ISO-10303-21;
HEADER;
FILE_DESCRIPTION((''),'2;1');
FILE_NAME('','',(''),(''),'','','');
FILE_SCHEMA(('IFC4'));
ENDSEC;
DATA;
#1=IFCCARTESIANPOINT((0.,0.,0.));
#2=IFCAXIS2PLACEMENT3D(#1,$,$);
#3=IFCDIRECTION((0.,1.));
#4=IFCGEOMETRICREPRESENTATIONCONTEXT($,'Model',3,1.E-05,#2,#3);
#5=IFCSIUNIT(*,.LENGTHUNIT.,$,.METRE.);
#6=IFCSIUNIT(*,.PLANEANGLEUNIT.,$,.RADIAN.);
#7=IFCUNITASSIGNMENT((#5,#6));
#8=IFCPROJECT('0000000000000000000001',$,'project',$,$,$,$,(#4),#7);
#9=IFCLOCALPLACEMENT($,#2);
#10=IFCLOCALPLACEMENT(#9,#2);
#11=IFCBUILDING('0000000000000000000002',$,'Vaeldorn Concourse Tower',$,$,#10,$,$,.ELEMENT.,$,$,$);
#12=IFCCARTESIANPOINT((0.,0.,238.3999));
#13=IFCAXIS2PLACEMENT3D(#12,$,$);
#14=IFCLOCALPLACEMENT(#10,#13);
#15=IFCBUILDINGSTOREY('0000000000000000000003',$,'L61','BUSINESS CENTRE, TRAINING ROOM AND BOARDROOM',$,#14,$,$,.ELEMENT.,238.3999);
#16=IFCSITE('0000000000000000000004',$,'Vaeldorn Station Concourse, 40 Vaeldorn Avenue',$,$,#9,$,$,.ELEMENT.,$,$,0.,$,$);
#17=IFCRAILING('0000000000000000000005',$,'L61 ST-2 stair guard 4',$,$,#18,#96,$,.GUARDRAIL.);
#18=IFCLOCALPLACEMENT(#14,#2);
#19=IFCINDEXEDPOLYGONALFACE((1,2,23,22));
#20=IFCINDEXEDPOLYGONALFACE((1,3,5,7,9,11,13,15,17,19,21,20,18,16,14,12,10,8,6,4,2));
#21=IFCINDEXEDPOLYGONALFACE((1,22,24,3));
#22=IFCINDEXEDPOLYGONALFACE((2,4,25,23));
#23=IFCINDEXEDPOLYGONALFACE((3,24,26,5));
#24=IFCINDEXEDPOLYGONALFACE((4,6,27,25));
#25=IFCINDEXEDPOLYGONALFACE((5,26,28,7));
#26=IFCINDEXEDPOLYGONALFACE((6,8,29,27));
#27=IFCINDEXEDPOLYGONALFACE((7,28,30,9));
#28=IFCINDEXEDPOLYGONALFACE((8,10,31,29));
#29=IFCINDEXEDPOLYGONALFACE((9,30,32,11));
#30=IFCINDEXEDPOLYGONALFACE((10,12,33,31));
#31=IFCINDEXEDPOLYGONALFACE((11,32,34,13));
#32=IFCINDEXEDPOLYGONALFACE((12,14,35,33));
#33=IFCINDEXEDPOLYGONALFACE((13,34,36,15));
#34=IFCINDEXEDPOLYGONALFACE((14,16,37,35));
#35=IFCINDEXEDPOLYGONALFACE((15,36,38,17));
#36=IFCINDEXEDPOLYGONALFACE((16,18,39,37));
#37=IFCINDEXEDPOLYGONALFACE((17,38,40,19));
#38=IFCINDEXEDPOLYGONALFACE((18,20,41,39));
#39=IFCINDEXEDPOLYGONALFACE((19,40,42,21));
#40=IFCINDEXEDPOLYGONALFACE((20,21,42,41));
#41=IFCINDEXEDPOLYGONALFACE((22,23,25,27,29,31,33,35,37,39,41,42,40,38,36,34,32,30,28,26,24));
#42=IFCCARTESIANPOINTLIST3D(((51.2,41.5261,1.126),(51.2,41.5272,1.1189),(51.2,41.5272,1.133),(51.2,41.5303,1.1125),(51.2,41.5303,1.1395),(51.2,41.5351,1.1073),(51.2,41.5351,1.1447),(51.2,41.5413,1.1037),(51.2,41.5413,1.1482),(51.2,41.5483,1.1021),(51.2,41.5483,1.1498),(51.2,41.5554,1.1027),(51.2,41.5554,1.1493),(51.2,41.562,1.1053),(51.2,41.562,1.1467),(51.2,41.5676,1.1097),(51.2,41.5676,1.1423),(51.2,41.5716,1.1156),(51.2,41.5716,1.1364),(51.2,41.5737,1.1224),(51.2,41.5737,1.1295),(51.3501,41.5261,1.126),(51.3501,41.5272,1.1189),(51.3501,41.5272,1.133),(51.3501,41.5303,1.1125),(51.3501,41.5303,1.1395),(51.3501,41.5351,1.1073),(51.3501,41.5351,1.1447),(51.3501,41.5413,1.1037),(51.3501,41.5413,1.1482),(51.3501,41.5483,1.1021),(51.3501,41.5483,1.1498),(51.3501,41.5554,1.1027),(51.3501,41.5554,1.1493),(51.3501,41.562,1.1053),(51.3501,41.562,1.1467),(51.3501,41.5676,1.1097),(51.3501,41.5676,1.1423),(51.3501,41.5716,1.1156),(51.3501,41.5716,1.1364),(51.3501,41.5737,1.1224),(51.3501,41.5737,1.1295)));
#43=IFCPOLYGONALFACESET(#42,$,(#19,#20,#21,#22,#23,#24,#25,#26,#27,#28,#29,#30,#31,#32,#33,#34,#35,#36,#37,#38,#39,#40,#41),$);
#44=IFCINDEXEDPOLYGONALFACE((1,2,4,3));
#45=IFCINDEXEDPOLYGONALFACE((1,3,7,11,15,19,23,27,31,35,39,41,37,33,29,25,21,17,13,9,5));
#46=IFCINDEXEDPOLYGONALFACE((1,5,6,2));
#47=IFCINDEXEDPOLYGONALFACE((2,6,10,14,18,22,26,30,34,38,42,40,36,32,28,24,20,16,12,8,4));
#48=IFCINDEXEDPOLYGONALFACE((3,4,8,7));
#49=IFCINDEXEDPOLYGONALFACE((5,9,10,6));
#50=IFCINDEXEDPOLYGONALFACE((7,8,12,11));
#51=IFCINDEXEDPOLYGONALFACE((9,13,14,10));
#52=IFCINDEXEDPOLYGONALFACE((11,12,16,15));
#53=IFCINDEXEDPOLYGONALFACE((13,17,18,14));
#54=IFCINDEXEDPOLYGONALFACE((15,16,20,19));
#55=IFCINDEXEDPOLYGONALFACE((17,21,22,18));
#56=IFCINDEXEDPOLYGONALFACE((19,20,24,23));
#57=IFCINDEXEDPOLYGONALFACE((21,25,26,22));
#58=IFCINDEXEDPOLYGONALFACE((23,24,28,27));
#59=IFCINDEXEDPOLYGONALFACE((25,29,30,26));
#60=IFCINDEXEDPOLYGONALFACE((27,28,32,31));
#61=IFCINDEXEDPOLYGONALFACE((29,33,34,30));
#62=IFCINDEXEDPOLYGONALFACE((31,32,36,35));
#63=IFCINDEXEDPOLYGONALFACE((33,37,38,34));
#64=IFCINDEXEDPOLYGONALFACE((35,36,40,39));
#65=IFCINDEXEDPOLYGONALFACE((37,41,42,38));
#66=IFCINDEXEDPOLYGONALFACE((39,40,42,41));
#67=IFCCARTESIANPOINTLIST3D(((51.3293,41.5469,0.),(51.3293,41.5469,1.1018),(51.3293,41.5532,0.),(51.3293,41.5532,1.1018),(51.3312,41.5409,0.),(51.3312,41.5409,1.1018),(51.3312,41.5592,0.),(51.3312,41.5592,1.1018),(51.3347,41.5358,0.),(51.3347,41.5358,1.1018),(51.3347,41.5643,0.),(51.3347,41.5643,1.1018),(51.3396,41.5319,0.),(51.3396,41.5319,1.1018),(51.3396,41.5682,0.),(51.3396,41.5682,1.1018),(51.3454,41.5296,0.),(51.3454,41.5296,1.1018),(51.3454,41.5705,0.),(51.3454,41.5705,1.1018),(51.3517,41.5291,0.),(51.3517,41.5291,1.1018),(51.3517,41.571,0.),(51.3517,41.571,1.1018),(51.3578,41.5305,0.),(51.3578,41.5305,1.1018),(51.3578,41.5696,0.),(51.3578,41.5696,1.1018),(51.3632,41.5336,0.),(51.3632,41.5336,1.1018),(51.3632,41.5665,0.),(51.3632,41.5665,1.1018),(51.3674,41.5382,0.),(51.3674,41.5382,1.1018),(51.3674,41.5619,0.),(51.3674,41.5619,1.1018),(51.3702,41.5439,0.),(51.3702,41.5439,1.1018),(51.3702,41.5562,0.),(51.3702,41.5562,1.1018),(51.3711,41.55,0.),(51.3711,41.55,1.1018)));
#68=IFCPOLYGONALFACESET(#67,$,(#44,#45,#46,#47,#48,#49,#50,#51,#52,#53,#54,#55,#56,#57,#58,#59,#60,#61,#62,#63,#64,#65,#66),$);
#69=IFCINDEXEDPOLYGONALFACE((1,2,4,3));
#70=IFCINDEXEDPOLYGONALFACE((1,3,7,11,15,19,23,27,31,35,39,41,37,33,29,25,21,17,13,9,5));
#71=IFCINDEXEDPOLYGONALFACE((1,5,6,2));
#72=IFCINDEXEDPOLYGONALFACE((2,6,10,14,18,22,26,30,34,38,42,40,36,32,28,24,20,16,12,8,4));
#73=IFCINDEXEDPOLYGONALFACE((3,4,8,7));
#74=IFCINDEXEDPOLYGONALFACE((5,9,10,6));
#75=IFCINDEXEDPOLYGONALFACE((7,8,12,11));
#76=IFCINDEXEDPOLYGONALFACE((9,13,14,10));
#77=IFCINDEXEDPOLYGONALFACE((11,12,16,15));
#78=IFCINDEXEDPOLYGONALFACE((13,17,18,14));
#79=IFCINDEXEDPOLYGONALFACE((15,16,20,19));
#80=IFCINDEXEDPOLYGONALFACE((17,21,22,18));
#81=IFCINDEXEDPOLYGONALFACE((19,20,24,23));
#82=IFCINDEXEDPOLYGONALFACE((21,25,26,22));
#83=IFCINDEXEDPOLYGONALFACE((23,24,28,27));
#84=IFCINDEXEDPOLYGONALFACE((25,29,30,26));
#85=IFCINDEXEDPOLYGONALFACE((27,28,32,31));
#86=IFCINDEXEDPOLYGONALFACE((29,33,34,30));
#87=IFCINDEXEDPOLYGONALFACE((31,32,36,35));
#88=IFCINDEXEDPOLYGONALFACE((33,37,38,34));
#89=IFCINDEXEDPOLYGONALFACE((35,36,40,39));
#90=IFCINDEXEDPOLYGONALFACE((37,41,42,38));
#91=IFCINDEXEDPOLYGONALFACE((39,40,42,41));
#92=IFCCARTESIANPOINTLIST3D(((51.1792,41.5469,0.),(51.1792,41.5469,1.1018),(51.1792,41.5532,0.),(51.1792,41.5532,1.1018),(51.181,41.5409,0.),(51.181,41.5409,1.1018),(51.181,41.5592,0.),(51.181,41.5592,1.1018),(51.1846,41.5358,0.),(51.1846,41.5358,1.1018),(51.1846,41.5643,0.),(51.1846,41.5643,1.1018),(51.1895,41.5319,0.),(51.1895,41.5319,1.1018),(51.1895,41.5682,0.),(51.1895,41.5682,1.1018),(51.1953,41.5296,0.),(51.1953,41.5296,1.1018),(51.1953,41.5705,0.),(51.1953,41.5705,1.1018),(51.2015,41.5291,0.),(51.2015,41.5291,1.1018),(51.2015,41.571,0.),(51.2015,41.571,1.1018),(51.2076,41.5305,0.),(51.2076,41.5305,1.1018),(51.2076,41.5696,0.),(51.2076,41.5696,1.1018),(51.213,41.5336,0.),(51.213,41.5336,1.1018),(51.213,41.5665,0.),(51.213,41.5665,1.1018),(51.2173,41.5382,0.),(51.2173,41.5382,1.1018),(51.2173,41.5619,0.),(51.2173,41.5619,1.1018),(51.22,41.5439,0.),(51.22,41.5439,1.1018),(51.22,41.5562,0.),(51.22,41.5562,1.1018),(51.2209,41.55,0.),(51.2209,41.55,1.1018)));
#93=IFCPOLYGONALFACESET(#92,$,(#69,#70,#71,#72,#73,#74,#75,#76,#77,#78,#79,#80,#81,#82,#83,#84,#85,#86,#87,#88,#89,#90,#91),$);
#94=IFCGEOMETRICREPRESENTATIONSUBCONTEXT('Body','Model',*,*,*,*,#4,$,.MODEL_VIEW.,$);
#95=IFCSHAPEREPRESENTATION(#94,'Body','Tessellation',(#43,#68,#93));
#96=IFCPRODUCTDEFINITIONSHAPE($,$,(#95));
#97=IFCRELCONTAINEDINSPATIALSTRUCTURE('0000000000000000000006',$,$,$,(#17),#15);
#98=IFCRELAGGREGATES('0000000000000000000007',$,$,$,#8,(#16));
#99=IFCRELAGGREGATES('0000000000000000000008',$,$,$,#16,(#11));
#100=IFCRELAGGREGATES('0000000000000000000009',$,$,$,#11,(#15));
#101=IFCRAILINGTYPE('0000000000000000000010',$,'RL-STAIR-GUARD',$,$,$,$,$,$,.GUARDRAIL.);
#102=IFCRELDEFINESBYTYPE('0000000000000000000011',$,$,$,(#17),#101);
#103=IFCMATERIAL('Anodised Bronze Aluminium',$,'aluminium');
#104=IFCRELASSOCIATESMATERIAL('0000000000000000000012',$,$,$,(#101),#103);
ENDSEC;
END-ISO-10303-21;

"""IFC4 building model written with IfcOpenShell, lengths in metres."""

from ifc_helpers import new_model, si_unit, direction, frame, origin, origin_2d, place, context, subcontext, project, spatial, circle, extrude, material, type_object, element, save


model = new_model("IFC4")

# Units and contexts
model_context = context("Model", 3, precision=1e-05, world=origin(), true_north=direction((0.0, 1.0)))
body_context = subcontext(model_context, "Body", "Model", "MODEL_VIEW")
ifc_project = project(units=[si_unit("LENGTHUNIT", "METRE"), si_unit("PLANEANGLEUNIT", "RADIAN")], contexts=[model_context])

# Site, building, storey
site_placement = place(None, origin())
site = spatial("IfcSite", under=ifc_project, at=site_placement, Name="Vaeldorn Station Concourse, 40 Vaeldorn Avenue", CompositionType="ELEMENT", RefElevation=0.0)
building_placement = place(site_placement, origin())
building = spatial("IfcBuilding", under=site, at=building_placement, Name="Vaeldorn Concourse Tower", CompositionType="ELEMENT")
storey_placement = place(building_placement, frame((0.0, 0.0, 238.3999)))
storey = spatial("IfcBuildingStorey", under=building, at=storey_placement, Name="L61", Description="BUSINESS CENTRE, TRAINING ROOM AND BOARDROOM", CompositionType="ELEMENT", Elevation=238.3999)

# Shared definitions
ifc_material_1 = material(Name="Anodised Bronze Aluminium", Category="aluminium")

# Railing
railing_type_1 = type_object("IfcRailingType", Name="RL-STAIR-GUARD", PredefinedType="GUARDRAIL", material=ifc_material_1)
railing_1_placement = place(storey_placement, frame((51.3501, 41.55, 0.0)))
element("IfcRailing", 1, at=railing_1_placement, inside=storey, type_object=railing_type_1, Name="L61 ST-2 stair guard 4", PredefinedType="GUARDRAIL", context=body_context, shape_type="SweptSolid", body=[
    extrude(circle(Radius=0.0239, at=origin_2d()), frame((0.0, 0.0, 1.126), z_axis=(-1.0, 0.0, 0.0), x_axis=(0.0, -1.0, 0.0)), (0.0, 0.0, 1.0), 0.1501),
    extrude(circle(Radius=0.021, at=origin_2d()), origin(), (0.0, 0.0, 1.0), 1.1018),
    extrude(circle(Radius=0.021, at=origin_2d()), frame((-0.1501, 0.0, 0.0)), (0.0, 0.0, 1.0), 1.1018),
])

save(model, "model.ifc")
